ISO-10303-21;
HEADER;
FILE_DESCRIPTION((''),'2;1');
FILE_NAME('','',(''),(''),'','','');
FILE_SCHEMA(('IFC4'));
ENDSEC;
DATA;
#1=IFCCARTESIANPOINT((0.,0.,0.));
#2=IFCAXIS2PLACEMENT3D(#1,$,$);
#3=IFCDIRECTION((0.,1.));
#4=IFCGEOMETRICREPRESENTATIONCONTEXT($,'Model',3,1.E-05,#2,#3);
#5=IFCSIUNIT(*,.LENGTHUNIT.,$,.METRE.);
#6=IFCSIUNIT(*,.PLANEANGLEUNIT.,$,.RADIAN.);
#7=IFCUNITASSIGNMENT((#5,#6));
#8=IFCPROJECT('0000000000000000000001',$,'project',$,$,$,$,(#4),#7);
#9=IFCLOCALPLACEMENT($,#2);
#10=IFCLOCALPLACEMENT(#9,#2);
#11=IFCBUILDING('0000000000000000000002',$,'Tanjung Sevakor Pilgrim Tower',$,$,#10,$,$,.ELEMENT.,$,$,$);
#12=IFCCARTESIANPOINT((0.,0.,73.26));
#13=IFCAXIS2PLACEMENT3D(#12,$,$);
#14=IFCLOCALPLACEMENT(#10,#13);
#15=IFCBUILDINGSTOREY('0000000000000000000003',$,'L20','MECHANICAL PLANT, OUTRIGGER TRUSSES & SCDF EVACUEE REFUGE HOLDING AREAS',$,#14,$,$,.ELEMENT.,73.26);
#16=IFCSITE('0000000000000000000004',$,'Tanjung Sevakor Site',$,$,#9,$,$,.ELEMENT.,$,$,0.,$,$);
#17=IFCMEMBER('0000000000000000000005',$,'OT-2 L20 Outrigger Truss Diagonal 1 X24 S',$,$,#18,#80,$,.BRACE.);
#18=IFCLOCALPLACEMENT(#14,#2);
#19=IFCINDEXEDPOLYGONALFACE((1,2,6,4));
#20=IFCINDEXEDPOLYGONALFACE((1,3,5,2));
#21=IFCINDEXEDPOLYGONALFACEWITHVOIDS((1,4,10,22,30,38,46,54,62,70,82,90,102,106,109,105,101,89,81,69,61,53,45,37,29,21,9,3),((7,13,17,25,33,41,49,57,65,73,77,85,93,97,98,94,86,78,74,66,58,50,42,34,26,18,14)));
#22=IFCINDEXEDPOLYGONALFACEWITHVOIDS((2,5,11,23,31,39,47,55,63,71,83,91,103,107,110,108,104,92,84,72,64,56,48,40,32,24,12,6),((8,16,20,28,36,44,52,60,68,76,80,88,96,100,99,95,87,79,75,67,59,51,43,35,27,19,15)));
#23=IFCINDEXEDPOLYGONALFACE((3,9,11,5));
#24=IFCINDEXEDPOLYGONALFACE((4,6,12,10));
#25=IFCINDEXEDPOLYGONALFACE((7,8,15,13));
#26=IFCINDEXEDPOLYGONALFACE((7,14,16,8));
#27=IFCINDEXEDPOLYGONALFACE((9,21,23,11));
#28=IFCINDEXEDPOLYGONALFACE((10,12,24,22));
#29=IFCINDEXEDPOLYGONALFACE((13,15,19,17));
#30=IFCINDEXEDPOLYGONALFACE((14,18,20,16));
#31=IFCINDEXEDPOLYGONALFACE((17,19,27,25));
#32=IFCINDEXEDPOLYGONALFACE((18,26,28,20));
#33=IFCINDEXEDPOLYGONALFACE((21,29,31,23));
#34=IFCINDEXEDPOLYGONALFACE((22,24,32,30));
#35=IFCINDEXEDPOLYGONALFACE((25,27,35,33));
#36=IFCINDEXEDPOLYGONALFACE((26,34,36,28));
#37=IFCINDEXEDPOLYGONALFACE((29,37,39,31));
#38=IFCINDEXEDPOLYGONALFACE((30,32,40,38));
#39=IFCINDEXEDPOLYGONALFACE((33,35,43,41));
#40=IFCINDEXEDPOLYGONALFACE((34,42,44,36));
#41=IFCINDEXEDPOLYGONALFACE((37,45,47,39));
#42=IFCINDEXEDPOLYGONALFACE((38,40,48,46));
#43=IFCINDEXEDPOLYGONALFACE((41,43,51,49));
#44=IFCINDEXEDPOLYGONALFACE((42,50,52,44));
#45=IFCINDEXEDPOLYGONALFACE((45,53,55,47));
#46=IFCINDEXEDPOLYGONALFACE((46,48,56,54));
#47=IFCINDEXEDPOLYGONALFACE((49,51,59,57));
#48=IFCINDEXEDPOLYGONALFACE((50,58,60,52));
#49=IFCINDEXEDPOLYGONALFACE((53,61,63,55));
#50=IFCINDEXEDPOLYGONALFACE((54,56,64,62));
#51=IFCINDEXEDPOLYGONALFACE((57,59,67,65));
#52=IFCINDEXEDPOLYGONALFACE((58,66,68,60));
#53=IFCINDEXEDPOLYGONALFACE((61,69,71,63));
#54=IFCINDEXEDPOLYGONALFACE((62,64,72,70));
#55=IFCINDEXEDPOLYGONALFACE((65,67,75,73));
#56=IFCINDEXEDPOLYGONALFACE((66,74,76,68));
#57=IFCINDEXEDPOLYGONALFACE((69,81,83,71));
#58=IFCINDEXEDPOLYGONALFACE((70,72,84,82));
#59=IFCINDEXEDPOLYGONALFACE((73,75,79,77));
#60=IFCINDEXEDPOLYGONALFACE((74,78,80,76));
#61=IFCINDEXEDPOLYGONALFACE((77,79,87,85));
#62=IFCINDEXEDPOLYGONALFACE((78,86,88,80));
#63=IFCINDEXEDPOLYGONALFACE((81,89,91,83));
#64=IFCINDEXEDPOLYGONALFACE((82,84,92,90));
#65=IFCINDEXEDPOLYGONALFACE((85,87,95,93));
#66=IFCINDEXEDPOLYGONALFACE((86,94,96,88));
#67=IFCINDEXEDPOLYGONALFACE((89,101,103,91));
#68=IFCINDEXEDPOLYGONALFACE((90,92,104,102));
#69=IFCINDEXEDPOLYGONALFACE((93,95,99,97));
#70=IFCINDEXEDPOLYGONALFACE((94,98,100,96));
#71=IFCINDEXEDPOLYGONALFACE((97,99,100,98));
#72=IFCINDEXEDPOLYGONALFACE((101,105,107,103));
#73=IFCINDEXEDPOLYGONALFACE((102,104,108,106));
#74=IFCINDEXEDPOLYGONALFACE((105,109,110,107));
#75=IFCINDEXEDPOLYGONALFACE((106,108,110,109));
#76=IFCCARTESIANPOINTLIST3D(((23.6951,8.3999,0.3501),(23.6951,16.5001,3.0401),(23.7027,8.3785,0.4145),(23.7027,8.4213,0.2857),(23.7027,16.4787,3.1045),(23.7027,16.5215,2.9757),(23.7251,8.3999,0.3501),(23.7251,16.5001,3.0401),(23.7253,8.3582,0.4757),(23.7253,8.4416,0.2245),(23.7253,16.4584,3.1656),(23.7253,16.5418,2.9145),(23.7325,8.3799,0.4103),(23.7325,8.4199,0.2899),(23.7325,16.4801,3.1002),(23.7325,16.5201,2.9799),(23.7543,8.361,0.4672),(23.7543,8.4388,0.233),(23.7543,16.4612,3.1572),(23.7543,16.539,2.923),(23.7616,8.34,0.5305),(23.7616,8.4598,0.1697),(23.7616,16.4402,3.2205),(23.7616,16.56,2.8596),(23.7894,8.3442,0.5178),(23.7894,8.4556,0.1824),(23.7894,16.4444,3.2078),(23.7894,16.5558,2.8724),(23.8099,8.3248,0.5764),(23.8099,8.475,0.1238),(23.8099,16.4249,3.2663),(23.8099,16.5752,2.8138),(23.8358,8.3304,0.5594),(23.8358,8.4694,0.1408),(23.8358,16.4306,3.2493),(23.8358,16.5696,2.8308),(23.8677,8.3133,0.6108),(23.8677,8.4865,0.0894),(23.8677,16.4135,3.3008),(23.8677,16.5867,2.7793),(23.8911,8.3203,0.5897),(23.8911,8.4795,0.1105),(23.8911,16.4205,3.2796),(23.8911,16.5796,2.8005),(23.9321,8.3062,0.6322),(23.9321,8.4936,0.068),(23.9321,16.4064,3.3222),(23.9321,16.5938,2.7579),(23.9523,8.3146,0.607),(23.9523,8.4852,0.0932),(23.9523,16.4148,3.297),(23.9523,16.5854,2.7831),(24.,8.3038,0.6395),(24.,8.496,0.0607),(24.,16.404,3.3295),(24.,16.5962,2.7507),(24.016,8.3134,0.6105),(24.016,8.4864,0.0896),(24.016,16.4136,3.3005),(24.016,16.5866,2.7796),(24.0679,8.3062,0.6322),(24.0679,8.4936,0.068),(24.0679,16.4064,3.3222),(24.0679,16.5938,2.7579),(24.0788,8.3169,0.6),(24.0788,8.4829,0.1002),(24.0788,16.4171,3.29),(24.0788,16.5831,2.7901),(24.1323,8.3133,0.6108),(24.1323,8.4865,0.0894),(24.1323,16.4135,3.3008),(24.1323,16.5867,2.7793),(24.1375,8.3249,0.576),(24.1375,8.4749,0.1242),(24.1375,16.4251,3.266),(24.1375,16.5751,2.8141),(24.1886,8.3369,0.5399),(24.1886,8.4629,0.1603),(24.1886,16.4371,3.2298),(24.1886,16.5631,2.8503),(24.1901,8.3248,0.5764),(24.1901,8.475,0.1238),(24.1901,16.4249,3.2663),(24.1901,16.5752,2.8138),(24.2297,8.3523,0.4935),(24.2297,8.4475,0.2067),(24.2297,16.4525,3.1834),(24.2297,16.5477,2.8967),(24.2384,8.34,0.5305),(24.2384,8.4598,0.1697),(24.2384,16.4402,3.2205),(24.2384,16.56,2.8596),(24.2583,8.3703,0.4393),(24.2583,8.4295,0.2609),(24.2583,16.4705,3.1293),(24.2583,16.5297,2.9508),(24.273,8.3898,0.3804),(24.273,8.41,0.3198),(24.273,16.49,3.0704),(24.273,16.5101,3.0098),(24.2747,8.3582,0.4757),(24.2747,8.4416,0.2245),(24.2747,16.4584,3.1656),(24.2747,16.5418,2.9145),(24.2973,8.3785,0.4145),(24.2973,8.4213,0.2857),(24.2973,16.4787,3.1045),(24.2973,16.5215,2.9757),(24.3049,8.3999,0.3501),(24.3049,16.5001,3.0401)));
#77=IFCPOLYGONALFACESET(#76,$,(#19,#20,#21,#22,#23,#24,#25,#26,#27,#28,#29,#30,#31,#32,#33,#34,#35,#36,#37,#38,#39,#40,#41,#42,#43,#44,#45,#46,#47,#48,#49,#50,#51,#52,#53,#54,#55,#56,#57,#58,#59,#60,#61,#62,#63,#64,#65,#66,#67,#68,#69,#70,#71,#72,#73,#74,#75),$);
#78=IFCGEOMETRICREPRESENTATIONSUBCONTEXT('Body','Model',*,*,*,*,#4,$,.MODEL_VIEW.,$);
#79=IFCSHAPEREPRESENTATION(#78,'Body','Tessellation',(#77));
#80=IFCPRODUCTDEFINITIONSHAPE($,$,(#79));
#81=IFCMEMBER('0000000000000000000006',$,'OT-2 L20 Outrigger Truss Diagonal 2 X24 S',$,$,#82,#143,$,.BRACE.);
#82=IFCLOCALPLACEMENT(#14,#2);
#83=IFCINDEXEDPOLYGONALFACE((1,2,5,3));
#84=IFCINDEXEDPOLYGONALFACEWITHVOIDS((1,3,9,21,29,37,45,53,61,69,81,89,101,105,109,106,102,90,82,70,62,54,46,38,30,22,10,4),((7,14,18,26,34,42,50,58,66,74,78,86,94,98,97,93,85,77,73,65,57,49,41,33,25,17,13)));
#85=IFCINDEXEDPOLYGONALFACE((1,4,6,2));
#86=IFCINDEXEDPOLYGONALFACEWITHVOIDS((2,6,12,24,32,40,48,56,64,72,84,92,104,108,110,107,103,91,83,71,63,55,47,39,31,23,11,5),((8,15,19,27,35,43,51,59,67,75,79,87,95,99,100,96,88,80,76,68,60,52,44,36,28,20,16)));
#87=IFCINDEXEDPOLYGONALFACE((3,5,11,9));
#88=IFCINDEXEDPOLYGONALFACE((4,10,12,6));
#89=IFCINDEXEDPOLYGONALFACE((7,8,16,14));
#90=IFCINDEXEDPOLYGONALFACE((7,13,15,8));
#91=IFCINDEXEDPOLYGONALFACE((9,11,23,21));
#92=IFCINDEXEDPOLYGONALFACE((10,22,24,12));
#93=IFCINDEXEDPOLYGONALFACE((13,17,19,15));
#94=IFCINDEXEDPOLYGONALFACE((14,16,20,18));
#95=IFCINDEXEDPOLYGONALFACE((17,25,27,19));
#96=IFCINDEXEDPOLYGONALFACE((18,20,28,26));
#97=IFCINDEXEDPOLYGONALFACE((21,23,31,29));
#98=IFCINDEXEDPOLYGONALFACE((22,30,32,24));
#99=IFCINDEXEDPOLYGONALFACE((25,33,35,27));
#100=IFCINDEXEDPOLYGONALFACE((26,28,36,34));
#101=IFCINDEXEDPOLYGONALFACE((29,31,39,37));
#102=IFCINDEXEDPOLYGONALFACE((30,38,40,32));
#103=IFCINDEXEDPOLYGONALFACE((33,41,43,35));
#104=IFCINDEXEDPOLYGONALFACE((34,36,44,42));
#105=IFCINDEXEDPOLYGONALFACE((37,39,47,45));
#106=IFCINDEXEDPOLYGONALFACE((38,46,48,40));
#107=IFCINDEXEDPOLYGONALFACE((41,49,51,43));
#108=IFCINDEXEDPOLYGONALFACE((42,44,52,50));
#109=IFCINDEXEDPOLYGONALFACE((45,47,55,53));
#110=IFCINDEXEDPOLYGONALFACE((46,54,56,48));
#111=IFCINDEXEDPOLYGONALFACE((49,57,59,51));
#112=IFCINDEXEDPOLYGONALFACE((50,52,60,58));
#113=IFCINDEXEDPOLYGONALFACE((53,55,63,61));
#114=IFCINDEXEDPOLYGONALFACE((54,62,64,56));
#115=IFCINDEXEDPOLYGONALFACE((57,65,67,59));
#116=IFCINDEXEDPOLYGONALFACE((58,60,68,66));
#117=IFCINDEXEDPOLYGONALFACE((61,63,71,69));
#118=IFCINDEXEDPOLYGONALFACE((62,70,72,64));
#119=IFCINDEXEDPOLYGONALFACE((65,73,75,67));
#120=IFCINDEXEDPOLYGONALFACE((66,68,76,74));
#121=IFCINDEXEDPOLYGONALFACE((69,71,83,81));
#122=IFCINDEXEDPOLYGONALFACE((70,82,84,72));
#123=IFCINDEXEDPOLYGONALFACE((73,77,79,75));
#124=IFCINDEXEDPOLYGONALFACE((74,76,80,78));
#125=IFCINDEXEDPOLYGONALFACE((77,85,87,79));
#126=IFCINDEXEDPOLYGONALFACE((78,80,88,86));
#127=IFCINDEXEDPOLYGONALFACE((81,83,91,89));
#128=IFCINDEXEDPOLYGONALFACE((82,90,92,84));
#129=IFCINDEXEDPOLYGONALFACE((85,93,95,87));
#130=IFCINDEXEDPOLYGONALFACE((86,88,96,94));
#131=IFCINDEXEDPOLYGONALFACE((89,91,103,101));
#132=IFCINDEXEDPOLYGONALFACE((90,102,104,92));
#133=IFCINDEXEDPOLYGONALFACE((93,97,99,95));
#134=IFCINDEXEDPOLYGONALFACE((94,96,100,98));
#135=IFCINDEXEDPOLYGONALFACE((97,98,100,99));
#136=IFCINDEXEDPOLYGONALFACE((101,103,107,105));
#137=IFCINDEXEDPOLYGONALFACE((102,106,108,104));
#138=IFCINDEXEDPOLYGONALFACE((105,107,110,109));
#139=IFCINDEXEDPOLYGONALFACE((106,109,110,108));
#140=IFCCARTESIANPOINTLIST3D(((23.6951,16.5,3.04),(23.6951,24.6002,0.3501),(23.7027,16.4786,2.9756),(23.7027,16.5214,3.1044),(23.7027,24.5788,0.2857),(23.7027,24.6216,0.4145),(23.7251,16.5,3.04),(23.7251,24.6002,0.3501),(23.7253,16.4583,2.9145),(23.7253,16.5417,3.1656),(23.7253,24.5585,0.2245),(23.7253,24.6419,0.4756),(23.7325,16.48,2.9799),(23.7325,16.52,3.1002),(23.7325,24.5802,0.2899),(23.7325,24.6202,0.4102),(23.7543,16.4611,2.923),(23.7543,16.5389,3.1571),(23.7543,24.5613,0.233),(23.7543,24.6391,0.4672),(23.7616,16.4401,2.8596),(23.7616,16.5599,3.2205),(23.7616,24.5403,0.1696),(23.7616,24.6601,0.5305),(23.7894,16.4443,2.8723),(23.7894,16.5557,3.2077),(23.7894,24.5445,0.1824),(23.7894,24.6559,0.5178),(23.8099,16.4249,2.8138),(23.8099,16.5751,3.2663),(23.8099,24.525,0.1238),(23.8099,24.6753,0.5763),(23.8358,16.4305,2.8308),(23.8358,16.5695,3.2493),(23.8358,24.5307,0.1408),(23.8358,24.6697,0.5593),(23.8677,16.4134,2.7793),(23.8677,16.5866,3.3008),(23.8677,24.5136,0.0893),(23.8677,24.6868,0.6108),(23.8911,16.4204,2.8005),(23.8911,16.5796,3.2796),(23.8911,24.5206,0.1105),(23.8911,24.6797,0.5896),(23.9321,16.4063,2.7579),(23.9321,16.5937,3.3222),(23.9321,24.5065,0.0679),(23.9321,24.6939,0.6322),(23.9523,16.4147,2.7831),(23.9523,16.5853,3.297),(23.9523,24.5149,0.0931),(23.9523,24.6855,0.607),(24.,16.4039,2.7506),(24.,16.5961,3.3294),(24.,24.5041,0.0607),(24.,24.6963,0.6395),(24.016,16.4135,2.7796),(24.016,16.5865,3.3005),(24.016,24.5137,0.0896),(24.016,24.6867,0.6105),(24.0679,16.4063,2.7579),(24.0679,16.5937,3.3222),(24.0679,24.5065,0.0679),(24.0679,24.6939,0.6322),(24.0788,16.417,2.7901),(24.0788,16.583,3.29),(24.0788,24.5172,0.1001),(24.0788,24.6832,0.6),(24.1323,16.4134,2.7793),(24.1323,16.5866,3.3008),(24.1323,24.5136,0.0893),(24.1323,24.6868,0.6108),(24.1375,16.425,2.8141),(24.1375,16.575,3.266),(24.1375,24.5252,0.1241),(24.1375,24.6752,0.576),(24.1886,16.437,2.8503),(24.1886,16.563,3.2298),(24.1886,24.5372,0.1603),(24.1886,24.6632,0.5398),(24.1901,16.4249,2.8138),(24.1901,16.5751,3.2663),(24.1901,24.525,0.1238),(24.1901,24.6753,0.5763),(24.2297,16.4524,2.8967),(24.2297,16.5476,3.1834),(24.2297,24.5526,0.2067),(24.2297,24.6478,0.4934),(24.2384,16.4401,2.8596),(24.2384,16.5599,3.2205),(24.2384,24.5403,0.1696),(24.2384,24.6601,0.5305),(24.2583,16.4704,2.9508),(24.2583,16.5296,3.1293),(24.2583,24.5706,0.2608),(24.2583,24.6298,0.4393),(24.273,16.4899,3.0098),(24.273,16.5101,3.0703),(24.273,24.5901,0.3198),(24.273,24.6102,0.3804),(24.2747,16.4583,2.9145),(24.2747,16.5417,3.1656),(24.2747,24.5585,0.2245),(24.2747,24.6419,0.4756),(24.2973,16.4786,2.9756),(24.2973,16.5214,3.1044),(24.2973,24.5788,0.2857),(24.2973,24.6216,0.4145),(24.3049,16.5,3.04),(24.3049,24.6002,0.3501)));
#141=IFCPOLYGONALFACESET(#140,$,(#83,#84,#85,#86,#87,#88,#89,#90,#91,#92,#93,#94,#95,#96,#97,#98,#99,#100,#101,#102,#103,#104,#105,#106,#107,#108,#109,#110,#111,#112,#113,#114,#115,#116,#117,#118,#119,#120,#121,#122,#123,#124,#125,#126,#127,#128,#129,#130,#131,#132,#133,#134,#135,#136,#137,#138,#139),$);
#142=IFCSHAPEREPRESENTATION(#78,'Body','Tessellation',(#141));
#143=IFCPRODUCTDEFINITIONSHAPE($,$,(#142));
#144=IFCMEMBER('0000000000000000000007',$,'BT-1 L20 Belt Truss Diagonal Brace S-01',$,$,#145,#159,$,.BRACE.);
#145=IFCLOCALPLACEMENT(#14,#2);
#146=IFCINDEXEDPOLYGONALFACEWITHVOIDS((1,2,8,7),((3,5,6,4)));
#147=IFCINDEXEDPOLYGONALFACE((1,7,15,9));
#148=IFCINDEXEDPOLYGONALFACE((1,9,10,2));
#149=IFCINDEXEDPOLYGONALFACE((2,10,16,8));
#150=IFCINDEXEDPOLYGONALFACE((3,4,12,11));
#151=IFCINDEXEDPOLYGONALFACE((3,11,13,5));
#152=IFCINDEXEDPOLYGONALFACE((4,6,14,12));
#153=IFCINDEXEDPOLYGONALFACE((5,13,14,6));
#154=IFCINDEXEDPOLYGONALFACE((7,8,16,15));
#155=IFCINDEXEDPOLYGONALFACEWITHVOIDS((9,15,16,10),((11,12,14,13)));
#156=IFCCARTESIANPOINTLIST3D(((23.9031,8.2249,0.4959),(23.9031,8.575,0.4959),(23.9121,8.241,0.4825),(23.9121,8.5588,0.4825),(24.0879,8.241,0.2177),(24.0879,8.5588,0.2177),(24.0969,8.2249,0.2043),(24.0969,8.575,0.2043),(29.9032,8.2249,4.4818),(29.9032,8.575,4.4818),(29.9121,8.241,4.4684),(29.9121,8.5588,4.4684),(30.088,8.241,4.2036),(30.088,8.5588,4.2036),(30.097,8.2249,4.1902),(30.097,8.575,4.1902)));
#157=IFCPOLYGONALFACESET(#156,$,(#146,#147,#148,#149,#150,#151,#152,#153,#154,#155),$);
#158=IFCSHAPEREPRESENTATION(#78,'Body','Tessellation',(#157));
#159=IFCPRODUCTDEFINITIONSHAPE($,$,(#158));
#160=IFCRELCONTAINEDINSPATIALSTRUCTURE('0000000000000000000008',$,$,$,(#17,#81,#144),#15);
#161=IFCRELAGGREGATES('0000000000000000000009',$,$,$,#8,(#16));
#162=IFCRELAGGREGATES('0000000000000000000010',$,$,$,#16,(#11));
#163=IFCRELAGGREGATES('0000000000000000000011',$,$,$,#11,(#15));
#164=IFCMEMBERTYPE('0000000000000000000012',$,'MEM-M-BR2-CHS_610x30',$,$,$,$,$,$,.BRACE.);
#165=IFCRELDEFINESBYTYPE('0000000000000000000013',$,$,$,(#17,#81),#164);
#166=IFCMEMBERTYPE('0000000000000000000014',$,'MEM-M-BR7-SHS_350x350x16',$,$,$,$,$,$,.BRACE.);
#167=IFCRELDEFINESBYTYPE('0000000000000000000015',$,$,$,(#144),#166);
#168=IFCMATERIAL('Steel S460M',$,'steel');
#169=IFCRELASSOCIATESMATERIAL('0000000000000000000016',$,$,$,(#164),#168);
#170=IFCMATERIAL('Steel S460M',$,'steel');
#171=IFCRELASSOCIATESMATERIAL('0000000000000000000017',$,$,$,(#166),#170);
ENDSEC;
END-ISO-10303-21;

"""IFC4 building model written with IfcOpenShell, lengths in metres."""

from ifc_helpers import new_model, si_unit, direction, frame, origin, origin_2d, place, context, subcontext, project, spatial, hollow_rectangle, hollow_circle, extrude, material, material_profile, profile_set, type_object, element, save


model = new_model("IFC4")

# Units and contexts
model_context = context("Model", 3, precision=1e-05, world=origin(), true_north=direction((0.0, 1.0)))
body_context = subcontext(model_context, "Body", "Model", "MODEL_VIEW")
ifc_project = project(units=[si_unit("LENGTHUNIT", "METRE"), si_unit("PLANEANGLEUNIT", "RADIAN")], contexts=[model_context])

# Site, building, storey
site_placement = place(None, origin())
site = spatial("IfcSite", under=ifc_project, at=site_placement, Name="Tanjung Sevakor Site", CompositionType="ELEMENT", RefElevation=0.0)
building_placement = place(site_placement, origin())
building = spatial("IfcBuilding", under=site, at=building_placement, Name="Tanjung Sevakor Pilgrim Tower", CompositionType="ELEMENT")
storey_placement = place(building_placement, frame((0.0, 0.0, 73.26)))
storey = spatial("IfcBuildingStorey", under=building, at=storey_placement, Name="L20", Description="MECHANICAL PLANT, OUTRIGGER TRUSSES & SCDF EVACUEE REFUGE HOLDING AREAS", CompositionType="ELEMENT", Elevation=73.26)

# Members
ifc_material_1 = material(Name="Steel S460M", Category="steel")
ifc_material_profile_1 = material_profile(ifc_material_1, hollow_circle(Radius=0.3049, WallThickness=0.03, at=origin_2d()))
ifc_profile_set_1 = profile_set([ifc_material_profile_1], Name="Steel S460M")
member_type_1 = type_object("IfcMemberType", Name="MEM-M-BR2-CHS_610x30", PredefinedType="BRACE", material=ifc_profile_set_1)
for number, where, z_axis, x_axis, name in (
    (1, (24.0, 8.3999, 0.3501), (0.0, 0.949037, 0.315163), (-1.0, 0.0, 0.0), "OT-2 L20 Outrigger Truss Diagonal 1 X24 S"),
    (2, (24.0, 16.5, 3.04), (0.0, 0.949037, -0.315163), (-1.0, 0.0, 0.0), "OT-2 L20 Outrigger Truss Diagonal 2 X24 S"),
):
    element("IfcMember", number, at=place(storey_placement, frame(where, z_axis=z_axis, x_axis=x_axis)), inside=storey, type_object=member_type_1, Name=name, PredefinedType="BRACE", context=body_context, shape_type="SweptSolid", body=[
        extrude(hollow_circle(Radius=0.3049, WallThickness=0.03, at=origin_2d()), origin(), (0.0, 0.0, 1.0), 8.5352),
    ])
ifc_material_2 = material(Name="Steel S460M", Category="steel")
ifc_material_profile_2 = material_profile(ifc_material_2, hollow_rectangle(XDim=0.3501, YDim=0.3501, WallThickness=0.0161, at=origin_2d()))
ifc_profile_set_2 = profile_set([ifc_material_profile_2], Name="Steel S460M")
member_type_2 = type_object("IfcMemberType", Name="MEM-M-BR7-SHS_350x350x16", PredefinedType="BRACE", material=ifc_profile_set_2)
member_1_placement = place(storey_placement, frame((24.0, 8.3999, 0.3501), z_axis=(0.832956, 0.0, 0.553339), x_axis=(0.0, 1.0, 0.0)))
element("IfcMember", 3, at=member_1_placement, inside=storey, type_object=member_type_2, Name="BT-1 L20 Belt Truss Diagonal Brace S-01", PredefinedType="BRACE", context=body_context, shape_type="SweptSolid", body=[
    extrude(hollow_rectangle(XDim=0.3501, YDim=0.3501, WallThickness=0.0161, at=origin_2d()), origin(), (0.0, 0.0, 1.0), 7.2034),
])

save(model, "model.ifc")
